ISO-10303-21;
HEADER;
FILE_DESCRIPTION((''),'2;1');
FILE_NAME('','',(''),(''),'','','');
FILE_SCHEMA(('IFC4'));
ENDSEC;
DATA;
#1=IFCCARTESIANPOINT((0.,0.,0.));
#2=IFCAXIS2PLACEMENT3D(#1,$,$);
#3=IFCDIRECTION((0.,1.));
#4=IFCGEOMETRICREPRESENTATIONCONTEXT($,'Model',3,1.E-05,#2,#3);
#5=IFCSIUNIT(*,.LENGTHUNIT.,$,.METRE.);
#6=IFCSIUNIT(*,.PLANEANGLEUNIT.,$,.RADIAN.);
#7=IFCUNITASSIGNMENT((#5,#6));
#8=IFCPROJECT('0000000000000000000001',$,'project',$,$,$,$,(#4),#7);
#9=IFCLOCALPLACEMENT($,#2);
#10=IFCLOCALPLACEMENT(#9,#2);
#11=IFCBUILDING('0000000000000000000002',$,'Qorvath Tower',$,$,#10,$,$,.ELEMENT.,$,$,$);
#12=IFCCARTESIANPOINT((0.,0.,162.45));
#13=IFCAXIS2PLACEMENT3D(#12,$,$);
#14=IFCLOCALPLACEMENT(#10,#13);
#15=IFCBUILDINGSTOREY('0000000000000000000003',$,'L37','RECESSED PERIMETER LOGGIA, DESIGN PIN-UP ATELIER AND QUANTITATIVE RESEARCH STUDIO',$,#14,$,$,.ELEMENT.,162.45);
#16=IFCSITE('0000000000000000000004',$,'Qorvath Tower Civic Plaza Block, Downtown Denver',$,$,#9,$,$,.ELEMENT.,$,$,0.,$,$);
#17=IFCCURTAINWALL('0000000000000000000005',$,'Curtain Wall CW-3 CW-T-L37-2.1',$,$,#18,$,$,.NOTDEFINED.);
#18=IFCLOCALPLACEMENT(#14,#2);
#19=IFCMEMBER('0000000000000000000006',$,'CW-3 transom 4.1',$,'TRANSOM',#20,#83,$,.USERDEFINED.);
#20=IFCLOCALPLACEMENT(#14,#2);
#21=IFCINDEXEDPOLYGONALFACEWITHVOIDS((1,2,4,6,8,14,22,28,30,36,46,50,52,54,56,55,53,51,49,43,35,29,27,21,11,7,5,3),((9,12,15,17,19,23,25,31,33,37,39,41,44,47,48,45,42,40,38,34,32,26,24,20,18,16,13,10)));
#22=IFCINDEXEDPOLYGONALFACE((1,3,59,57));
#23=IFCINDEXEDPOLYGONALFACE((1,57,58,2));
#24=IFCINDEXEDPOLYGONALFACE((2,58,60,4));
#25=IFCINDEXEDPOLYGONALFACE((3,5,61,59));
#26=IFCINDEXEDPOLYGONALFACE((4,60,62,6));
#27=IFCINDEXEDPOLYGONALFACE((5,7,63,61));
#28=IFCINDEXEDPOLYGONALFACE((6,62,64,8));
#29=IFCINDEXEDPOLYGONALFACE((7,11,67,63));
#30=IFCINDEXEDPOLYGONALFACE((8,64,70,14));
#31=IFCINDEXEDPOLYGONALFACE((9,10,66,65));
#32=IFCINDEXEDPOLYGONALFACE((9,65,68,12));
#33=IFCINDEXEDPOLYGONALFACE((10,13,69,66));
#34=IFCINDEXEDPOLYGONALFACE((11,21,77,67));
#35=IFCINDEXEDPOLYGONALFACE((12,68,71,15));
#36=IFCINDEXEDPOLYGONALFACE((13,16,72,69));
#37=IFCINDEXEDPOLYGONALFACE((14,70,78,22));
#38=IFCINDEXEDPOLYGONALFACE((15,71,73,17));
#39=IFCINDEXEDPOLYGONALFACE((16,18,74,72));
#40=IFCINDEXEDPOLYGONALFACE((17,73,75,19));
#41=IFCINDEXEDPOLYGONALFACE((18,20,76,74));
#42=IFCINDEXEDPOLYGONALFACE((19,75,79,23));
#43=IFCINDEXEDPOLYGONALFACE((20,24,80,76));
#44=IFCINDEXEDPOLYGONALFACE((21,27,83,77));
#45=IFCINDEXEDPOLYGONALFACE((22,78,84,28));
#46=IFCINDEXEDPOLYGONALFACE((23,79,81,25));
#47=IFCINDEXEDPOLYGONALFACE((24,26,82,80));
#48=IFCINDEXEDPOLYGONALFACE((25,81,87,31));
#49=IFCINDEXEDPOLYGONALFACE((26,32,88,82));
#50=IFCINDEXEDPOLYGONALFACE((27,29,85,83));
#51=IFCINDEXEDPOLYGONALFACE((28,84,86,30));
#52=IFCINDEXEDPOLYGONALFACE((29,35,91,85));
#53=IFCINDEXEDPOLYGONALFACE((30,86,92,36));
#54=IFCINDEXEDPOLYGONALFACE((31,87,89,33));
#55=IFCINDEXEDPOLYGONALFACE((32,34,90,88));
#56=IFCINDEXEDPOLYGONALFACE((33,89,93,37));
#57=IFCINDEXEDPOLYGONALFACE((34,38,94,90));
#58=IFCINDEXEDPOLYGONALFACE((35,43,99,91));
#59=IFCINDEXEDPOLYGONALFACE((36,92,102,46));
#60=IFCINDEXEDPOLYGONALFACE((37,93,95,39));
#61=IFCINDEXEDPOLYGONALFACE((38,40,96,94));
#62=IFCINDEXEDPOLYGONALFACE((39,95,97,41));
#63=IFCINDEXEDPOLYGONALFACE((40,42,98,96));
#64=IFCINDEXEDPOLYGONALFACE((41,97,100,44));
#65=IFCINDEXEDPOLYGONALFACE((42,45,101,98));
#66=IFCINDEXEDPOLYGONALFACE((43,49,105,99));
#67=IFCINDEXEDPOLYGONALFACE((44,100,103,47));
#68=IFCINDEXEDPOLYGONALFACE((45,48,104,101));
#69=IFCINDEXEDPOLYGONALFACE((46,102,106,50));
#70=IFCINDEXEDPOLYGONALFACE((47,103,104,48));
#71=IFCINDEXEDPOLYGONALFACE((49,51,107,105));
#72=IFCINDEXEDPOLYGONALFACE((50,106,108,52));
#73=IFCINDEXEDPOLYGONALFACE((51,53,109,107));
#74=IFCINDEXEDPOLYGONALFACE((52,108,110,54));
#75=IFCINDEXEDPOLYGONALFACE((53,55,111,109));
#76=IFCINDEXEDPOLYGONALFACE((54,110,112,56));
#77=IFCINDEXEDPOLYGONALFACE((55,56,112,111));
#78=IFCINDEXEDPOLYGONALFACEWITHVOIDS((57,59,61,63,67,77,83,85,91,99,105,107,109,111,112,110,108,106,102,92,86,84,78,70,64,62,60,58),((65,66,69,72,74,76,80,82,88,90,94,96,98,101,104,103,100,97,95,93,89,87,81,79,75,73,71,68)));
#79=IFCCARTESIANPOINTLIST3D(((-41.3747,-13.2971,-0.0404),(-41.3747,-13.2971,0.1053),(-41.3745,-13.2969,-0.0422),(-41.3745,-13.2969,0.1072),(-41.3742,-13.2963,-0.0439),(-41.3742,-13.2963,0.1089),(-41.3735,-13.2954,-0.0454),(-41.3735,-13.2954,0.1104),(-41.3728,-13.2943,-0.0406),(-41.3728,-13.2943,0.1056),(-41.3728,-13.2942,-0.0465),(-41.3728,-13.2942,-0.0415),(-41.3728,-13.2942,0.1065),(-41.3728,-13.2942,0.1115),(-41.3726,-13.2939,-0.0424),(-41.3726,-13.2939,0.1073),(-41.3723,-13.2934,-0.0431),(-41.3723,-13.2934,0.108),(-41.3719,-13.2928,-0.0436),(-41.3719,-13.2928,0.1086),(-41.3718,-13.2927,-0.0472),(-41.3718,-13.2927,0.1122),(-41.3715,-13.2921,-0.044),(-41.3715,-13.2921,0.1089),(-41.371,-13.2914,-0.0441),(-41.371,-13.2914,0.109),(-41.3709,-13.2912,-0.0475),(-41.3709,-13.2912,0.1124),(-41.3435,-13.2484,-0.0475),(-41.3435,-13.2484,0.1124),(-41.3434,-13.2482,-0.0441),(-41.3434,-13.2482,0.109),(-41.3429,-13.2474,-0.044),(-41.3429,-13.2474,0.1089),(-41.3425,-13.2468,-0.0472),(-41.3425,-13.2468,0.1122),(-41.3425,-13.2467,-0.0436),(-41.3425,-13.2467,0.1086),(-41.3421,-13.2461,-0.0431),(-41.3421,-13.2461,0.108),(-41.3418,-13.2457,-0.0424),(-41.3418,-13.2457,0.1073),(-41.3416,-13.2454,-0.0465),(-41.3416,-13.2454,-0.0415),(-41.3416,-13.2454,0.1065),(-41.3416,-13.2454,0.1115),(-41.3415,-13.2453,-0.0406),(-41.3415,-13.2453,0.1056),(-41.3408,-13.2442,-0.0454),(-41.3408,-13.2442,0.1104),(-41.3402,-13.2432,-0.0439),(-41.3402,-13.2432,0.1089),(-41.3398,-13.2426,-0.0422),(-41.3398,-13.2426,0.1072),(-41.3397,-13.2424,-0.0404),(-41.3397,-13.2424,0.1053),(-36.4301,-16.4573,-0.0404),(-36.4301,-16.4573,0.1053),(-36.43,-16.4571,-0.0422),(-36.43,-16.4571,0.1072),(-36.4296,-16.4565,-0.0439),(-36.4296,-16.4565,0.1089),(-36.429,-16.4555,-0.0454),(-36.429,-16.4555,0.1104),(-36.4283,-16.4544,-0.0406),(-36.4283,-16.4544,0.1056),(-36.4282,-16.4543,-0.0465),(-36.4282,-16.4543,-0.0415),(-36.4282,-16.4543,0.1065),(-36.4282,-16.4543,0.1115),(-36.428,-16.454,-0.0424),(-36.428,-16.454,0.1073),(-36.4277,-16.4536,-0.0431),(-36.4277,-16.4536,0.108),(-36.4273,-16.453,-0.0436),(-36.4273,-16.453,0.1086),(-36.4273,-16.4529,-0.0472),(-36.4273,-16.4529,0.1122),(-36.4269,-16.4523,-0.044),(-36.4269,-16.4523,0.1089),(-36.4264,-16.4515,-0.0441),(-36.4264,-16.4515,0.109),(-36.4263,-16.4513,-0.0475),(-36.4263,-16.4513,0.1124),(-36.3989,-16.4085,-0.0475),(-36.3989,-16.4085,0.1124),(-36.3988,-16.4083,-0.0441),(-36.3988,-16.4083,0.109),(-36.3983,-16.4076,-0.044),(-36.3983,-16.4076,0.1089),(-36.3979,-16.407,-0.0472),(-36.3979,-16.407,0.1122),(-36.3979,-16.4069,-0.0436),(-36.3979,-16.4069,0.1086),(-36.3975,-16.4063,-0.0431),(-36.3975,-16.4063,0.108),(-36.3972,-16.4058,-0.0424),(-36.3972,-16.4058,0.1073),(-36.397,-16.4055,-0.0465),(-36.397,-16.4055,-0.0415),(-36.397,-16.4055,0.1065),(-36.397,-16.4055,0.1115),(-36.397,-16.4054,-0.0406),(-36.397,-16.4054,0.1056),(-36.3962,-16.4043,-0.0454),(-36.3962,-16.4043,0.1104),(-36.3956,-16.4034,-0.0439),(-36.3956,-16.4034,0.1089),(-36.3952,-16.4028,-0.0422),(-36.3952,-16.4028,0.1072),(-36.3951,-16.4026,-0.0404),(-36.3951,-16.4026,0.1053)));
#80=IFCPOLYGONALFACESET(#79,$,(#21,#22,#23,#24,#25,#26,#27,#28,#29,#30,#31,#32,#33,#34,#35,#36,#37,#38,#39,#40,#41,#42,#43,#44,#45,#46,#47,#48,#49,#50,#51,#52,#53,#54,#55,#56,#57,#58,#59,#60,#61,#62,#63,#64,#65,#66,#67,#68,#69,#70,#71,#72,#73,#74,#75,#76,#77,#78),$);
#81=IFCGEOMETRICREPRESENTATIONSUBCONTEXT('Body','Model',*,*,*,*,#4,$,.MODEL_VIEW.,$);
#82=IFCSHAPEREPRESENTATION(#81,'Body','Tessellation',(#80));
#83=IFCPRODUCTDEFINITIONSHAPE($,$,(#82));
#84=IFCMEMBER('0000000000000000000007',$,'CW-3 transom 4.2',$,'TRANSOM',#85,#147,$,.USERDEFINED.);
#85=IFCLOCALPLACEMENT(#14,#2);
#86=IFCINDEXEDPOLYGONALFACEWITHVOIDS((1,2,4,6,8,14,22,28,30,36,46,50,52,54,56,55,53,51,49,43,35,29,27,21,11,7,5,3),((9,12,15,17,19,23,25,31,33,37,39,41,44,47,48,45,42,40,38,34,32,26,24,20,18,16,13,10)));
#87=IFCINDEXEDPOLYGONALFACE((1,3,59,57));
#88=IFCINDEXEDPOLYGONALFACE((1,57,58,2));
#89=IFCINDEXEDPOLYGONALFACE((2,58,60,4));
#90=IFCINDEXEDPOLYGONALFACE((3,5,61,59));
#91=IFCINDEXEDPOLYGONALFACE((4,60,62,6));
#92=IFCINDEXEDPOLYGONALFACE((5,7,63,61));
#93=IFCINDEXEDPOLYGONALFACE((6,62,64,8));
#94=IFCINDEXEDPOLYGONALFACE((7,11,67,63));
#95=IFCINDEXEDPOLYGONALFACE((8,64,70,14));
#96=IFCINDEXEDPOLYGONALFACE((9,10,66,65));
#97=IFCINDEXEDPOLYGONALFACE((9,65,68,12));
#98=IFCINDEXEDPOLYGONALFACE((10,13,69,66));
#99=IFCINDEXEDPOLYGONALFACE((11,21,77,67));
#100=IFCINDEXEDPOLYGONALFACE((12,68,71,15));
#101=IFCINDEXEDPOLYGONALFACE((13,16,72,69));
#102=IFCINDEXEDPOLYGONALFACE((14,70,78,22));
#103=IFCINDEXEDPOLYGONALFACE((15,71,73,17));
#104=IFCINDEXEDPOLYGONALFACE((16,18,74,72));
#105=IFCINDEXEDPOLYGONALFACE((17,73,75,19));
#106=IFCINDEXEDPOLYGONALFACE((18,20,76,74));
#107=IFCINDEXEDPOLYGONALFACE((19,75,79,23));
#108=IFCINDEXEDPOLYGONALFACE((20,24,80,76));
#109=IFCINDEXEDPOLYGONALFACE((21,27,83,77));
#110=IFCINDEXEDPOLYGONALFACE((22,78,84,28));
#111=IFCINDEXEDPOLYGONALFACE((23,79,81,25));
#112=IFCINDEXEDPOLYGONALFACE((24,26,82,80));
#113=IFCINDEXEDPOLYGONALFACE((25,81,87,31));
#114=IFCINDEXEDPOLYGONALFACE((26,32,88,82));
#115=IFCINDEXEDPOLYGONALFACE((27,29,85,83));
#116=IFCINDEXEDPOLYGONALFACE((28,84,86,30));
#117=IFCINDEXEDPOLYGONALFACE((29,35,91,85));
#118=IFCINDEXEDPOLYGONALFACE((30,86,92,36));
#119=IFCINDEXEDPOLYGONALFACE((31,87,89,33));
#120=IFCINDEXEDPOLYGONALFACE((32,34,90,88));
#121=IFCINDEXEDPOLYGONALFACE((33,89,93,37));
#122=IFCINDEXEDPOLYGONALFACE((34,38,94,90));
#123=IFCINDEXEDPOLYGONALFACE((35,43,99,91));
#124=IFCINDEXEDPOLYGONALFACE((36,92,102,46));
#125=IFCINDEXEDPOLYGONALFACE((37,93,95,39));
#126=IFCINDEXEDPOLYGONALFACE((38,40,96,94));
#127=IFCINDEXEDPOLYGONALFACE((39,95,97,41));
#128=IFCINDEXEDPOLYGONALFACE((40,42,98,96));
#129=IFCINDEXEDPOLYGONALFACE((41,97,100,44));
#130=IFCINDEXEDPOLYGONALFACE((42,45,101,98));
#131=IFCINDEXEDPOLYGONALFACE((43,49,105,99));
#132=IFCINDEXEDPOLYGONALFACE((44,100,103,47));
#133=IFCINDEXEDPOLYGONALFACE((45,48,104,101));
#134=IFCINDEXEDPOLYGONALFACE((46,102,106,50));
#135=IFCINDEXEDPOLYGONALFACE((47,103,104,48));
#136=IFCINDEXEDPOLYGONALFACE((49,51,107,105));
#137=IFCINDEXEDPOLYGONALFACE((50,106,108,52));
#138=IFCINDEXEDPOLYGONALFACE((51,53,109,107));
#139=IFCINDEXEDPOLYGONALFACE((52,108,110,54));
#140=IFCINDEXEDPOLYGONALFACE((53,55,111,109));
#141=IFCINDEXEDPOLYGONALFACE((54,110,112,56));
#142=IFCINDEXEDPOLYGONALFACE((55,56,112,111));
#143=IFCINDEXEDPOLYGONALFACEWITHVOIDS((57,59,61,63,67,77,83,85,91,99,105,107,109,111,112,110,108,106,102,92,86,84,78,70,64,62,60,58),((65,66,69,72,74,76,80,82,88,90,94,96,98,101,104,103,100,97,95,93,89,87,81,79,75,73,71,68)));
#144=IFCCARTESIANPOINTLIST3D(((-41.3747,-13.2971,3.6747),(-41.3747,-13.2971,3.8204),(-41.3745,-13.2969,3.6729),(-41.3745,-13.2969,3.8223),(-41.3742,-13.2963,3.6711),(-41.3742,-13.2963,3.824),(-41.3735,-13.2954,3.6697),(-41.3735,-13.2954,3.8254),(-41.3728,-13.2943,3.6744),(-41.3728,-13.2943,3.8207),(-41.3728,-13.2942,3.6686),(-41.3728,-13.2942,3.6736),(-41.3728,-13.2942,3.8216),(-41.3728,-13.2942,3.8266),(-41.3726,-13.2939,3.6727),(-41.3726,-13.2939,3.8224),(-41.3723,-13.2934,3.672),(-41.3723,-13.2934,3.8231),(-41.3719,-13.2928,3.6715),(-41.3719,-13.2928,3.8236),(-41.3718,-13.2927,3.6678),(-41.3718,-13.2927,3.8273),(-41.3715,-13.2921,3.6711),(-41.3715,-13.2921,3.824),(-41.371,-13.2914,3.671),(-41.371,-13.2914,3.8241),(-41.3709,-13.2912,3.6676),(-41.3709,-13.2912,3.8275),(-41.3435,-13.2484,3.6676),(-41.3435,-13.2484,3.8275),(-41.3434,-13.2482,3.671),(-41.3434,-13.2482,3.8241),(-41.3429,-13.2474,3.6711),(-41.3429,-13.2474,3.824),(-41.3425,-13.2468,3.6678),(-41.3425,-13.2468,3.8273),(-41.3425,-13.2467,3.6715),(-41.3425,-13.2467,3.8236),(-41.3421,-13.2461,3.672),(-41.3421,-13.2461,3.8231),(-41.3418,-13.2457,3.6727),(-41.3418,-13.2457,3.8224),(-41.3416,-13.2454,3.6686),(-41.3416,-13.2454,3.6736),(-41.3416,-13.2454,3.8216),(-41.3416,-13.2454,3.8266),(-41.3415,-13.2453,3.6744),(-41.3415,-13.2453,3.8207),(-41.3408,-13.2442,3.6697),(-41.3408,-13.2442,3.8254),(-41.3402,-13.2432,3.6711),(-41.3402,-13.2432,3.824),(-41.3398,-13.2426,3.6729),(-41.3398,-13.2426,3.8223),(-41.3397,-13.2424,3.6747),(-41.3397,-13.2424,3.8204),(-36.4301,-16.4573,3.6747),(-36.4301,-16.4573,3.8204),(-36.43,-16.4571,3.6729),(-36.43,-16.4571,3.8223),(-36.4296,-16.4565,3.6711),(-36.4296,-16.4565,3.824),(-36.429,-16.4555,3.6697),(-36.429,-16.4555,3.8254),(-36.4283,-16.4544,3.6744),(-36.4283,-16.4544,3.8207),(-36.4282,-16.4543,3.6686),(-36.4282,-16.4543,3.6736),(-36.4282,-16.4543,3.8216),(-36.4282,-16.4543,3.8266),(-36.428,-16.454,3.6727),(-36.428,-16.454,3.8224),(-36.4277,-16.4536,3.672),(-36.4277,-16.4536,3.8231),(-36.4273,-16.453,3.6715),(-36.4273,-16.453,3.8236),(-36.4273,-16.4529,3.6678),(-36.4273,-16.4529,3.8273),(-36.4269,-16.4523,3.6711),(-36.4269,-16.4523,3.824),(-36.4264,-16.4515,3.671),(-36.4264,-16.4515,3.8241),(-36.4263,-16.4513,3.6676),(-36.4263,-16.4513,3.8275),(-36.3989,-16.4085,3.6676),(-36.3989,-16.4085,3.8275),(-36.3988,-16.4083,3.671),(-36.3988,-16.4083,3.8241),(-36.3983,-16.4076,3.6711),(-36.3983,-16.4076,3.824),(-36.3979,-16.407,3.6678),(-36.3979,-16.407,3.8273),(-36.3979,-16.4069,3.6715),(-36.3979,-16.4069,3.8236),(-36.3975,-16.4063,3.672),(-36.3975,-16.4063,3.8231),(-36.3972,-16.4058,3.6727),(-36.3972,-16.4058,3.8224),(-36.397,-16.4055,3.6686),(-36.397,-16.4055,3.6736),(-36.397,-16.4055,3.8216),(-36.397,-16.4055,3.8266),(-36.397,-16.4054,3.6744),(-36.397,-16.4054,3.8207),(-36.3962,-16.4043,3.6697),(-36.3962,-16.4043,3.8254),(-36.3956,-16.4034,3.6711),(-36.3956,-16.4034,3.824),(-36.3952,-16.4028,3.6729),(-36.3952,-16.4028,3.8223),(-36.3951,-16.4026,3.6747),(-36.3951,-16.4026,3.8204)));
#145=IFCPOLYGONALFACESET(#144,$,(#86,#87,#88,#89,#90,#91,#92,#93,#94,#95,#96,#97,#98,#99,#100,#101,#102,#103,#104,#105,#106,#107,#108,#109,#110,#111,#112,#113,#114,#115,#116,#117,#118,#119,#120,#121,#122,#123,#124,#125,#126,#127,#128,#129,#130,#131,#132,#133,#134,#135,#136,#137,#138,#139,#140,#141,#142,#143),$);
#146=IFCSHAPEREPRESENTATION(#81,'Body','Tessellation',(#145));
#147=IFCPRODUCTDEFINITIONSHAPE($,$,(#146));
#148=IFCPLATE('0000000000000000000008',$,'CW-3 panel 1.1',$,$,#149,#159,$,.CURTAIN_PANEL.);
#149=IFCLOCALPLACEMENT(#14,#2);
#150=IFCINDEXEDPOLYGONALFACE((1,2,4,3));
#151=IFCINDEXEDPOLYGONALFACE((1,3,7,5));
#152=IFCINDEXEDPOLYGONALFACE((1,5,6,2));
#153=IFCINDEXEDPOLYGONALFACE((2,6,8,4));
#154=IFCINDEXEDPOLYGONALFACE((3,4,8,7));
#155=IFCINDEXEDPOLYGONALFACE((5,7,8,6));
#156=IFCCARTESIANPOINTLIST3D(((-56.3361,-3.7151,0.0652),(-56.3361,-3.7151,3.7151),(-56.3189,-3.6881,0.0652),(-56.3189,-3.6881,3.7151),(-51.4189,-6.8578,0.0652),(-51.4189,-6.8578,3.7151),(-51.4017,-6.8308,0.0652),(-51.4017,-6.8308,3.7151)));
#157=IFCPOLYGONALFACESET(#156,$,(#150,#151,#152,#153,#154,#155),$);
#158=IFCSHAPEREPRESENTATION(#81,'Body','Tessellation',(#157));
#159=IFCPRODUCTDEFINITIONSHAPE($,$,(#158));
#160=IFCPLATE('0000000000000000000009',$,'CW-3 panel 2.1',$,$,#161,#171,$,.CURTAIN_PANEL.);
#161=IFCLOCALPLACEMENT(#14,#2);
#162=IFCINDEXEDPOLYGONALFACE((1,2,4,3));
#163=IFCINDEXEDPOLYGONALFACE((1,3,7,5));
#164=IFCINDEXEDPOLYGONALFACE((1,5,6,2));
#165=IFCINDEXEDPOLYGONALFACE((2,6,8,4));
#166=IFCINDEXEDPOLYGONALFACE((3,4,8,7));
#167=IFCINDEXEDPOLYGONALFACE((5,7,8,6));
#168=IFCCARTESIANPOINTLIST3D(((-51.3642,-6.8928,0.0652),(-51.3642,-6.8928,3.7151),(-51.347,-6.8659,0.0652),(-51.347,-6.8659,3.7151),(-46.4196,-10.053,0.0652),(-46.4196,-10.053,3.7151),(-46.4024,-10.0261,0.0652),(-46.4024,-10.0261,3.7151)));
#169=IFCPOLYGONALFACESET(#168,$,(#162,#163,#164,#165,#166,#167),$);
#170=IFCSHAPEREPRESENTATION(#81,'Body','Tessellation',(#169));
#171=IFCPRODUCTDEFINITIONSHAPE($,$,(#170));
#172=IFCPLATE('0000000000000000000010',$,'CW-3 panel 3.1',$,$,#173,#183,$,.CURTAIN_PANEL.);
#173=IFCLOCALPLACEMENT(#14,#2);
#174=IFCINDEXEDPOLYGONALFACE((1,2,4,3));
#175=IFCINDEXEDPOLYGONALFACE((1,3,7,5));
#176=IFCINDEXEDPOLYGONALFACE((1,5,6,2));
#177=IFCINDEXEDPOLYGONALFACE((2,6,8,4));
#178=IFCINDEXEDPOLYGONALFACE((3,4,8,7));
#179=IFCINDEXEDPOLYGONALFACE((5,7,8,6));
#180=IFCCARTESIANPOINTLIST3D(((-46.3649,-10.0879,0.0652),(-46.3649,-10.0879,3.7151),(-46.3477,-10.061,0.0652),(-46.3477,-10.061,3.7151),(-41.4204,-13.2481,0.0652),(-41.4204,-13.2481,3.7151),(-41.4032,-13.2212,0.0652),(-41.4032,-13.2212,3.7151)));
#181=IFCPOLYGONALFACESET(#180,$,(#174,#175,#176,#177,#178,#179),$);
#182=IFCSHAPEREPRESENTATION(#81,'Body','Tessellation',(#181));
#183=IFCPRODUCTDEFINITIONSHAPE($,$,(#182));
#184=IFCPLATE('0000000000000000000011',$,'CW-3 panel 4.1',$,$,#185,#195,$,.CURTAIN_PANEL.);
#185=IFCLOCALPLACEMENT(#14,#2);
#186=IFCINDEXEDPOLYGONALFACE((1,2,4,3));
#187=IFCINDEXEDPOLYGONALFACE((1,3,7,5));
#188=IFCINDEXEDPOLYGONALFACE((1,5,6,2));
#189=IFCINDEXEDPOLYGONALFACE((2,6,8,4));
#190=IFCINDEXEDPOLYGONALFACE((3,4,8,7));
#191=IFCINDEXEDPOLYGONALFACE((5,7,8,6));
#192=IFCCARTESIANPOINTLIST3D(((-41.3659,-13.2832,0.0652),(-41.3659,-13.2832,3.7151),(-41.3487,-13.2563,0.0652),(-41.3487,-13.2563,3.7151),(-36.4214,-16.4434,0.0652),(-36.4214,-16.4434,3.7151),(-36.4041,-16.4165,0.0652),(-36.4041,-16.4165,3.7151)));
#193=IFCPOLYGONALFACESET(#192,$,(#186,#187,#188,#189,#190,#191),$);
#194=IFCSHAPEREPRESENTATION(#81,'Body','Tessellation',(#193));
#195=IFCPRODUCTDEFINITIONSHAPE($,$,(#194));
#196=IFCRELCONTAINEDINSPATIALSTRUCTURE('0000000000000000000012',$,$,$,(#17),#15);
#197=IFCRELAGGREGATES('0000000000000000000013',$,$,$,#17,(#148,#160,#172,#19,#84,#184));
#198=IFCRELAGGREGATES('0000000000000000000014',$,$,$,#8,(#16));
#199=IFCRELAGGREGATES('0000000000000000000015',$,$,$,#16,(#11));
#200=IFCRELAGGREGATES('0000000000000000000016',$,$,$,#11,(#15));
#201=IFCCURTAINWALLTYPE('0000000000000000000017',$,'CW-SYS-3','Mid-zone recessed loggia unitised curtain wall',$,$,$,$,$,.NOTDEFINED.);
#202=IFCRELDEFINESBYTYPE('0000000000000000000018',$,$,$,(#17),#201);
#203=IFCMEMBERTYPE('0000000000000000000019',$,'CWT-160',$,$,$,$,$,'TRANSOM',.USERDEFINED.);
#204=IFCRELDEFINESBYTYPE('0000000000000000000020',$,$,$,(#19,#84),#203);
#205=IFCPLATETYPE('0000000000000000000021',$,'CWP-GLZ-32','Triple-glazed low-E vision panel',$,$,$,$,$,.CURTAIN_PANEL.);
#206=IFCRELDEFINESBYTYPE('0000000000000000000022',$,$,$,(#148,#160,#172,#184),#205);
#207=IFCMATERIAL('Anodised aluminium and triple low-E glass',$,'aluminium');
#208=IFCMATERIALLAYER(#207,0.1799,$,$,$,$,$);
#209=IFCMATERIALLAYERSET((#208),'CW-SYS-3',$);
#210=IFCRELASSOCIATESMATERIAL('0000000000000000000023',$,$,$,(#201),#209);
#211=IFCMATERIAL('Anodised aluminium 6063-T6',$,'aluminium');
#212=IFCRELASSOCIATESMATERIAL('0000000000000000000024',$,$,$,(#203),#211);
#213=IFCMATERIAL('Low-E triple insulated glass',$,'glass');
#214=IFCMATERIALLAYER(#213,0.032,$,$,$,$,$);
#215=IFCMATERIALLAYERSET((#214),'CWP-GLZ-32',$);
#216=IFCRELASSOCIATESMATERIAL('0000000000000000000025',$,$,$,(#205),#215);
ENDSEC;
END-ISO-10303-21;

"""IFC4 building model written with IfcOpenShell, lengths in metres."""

from ifc_helpers import new_model, si_unit, direction, frame, origin, origin_2d, place, context, subcontext, project, spatial, rectangle, hollow_rectangle, extrude, material, layer, layer_set, material_profile, profile_set, type_object, element, aggregate, save


model = new_model("IFC4")

# Units and contexts
model_context = context("Model", 3, precision=1e-05, world=origin(), true_north=direction((0.0, 1.0)))
body_context = subcontext(model_context, "Body", "Model", "MODEL_VIEW")
ifc_project = project(units=[si_unit("LENGTHUNIT", "METRE"), si_unit("PLANEANGLEUNIT", "RADIAN")], contexts=[model_context])

# Site, building, storey
site_placement = place(None, origin())
site = spatial("IfcSite", under=ifc_project, at=site_placement, Name="Qorvath Tower Civic Plaza Block, Downtown Denver", CompositionType="ELEMENT", RefElevation=0.0)
building_placement = place(site_placement, origin())
building = spatial("IfcBuilding", under=site, at=building_placement, Name="Qorvath Tower", CompositionType="ELEMENT")
storey_placement = place(building_placement, frame((0.0, 0.0, 162.45)))
storey = spatial("IfcBuildingStorey", under=building, at=storey_placement, Name="L37", Description="RECESSED PERIMETER LOGGIA, DESIGN PIN-UP ATELIER AND QUANTITATIVE RESEARCH STUDIO", CompositionType="ELEMENT", Elevation=162.45)

# Curtain wall, members, plates
ifc_material_1 = material(Name="Anodised aluminium and triple low-E glass", Category="aluminium")
ifc_layer_1 = layer(ifc_material_1, 0.1799)
ifc_layer_set_1 = layer_set([ifc_layer_1], Name="CW-SYS-3")
curtain_wall_type = type_object("IfcCurtainWallType", Name="CW-SYS-3", Description="Mid-zone recessed loggia unitised curtain wall", PredefinedType="NOTDEFINED", material=ifc_layer_set_1)
curtain_wall_placement = place(storey_placement, origin())
curtain_wall = element("IfcCurtainWall", 1, at=curtain_wall_placement, inside=storey, type_object=curtain_wall_type, Name="Curtain Wall CW-3 CW-T-L37-2.1", PredefinedType="NOTDEFINED")
ifc_material_2 = material(Name="Anodised aluminium 6063-T6", Category="aluminium")
ifc_material_profile_1 = material_profile(ifc_material_2, hollow_rectangle(XDim=0.0649, YDim=0.1599, WallThickness=0.0034, InnerFilletRadius=0.0034, OuterFilletRadius=0.0071, at=origin_2d()), Name="CWT 160x65")
ifc_profile_set_1 = profile_set([ifc_material_profile_1], Name="Anodised aluminium 6063-T6")
member_type_1 = type_object("IfcMemberType", Name="CWT-160", ElementType="TRANSOM", PredefinedType="USERDEFINED", material=ifc_profile_set_1)
member_1_placement = place(storey_placement, frame((-41.3572, -13.2698, 0.0325), z_axis=(0.84261, -0.538525, 0.0), x_axis=(0.538525, 0.84261, 0.0)))
member_1 = element("IfcMember", 2, at=member_1_placement, type_object=member_type_1, Name="CW-3 transom 4.1", ObjectType="TRANSOM", PredefinedType="USERDEFINED", context=body_context, shape_type="SweptSolid", body=[
    extrude(hollow_rectangle(XDim=0.0649, YDim=0.1599, WallThickness=0.0034, InnerFilletRadius=0.0034, OuterFilletRadius=0.0071, at=origin_2d()), origin(), (0.0, 0.0, 1.0), 5.8682),
])
member_2_placement = place(storey_placement, frame((-41.3572, -13.2698, 3.7476), z_axis=(0.84261, -0.538525, 0.0), x_axis=(0.538525, 0.84261, 0.0)))
member_2 = element("IfcMember", 3, at=member_2_placement, type_object=member_type_1, Name="CW-3 transom 4.2", ObjectType="TRANSOM", PredefinedType="USERDEFINED", context=body_context, shape_type="SweptSolid", body=[
    extrude(hollow_rectangle(XDim=0.0649, YDim=0.1599, WallThickness=0.0034, InnerFilletRadius=0.0034, OuterFilletRadius=0.0071, at=origin_2d()), origin(), (0.0, 0.0, 1.0), 5.8682),
])
ifc_material_3 = material(Name="Low-E triple insulated glass", Category="glass")
ifc_layer_2 = layer(ifc_material_3, 0.032)
ifc_layer_set_2 = layer_set([ifc_layer_2], Name="CWP-GLZ-32")
plate_type = type_object("IfcPlateType", Name="CWP-GLZ-32", Description="Triple-glazed low-E vision panel", PredefinedType="CURTAIN_PANEL", material=ifc_layer_set_2)
plate_1_placement = place(storey_placement, frame((-53.8689, -5.2729, 0.0652), z_axis=(0.0, 0.0, 1.0), x_axis=(0.842604, -0.538534, 0.0)))
plate_1 = element("IfcPlate", 4, at=plate_1_placement, type_object=plate_type, Name="CW-3 panel 1.1", PredefinedType="CURTAIN_PANEL", context=body_context, shape_type="SweptSolid", body=[
    extrude(rectangle(XDim=5.8357, YDim=0.032, at=origin_2d()), origin(), (0.0, 0.0, 1.0), 3.6499),
])
plate_2_placement = place(storey_placement, frame((-48.8833, -8.4595, 0.0652), z_axis=(0.0, 0.0, 1.0), x_axis=(0.842604, -0.538534, 0.0)))
plate_2 = element("IfcPlate", 5, at=plate_2_placement, type_object=plate_type, Name="CW-3 panel 2.1", PredefinedType="CURTAIN_PANEL", context=body_context, shape_type="SweptSolid", body=[
    extrude(rectangle(XDim=5.8682, YDim=0.032, at=origin_2d()), origin(), (0.0, 0.0, 1.0), 3.6499),
])
plate_3_placement = place(storey_placement, frame((-43.884, -11.6545, 0.0652), z_axis=(0.0, 0.0, 1.0), x_axis=(0.842604, -0.538534, 0.0)))
plate_3 = element("IfcPlate", 6, at=plate_3_placement, type_object=plate_type, Name="CW-3 panel 3.1", PredefinedType="CURTAIN_PANEL", context=body_context, shape_type="SweptSolid", body=[
    extrude(rectangle(XDim=5.8682, YDim=0.032, at=origin_2d()), origin(), (0.0, 0.0, 1.0), 3.6499),
])
plate_4_placement = place(storey_placement, frame((-38.885, -14.8499, 0.0652), z_axis=(0.0, 0.0, 1.0), x_axis=(0.842604, -0.538534, 0.0)))
plate_4 = element("IfcPlate", 7, at=plate_4_placement, type_object=plate_type, Name="CW-3 panel 4.1", PredefinedType="CURTAIN_PANEL", context=body_context, shape_type="SweptSolid", body=[
    extrude(rectangle(XDim=5.8682, YDim=0.032, at=origin_2d()), origin(), (0.0, 0.0, 1.0), 3.6499),
])
aggregate(curtain_wall, [plate_1, plate_2, plate_3, member_1, member_2, plate_4])

save(model, "model.ifc")
